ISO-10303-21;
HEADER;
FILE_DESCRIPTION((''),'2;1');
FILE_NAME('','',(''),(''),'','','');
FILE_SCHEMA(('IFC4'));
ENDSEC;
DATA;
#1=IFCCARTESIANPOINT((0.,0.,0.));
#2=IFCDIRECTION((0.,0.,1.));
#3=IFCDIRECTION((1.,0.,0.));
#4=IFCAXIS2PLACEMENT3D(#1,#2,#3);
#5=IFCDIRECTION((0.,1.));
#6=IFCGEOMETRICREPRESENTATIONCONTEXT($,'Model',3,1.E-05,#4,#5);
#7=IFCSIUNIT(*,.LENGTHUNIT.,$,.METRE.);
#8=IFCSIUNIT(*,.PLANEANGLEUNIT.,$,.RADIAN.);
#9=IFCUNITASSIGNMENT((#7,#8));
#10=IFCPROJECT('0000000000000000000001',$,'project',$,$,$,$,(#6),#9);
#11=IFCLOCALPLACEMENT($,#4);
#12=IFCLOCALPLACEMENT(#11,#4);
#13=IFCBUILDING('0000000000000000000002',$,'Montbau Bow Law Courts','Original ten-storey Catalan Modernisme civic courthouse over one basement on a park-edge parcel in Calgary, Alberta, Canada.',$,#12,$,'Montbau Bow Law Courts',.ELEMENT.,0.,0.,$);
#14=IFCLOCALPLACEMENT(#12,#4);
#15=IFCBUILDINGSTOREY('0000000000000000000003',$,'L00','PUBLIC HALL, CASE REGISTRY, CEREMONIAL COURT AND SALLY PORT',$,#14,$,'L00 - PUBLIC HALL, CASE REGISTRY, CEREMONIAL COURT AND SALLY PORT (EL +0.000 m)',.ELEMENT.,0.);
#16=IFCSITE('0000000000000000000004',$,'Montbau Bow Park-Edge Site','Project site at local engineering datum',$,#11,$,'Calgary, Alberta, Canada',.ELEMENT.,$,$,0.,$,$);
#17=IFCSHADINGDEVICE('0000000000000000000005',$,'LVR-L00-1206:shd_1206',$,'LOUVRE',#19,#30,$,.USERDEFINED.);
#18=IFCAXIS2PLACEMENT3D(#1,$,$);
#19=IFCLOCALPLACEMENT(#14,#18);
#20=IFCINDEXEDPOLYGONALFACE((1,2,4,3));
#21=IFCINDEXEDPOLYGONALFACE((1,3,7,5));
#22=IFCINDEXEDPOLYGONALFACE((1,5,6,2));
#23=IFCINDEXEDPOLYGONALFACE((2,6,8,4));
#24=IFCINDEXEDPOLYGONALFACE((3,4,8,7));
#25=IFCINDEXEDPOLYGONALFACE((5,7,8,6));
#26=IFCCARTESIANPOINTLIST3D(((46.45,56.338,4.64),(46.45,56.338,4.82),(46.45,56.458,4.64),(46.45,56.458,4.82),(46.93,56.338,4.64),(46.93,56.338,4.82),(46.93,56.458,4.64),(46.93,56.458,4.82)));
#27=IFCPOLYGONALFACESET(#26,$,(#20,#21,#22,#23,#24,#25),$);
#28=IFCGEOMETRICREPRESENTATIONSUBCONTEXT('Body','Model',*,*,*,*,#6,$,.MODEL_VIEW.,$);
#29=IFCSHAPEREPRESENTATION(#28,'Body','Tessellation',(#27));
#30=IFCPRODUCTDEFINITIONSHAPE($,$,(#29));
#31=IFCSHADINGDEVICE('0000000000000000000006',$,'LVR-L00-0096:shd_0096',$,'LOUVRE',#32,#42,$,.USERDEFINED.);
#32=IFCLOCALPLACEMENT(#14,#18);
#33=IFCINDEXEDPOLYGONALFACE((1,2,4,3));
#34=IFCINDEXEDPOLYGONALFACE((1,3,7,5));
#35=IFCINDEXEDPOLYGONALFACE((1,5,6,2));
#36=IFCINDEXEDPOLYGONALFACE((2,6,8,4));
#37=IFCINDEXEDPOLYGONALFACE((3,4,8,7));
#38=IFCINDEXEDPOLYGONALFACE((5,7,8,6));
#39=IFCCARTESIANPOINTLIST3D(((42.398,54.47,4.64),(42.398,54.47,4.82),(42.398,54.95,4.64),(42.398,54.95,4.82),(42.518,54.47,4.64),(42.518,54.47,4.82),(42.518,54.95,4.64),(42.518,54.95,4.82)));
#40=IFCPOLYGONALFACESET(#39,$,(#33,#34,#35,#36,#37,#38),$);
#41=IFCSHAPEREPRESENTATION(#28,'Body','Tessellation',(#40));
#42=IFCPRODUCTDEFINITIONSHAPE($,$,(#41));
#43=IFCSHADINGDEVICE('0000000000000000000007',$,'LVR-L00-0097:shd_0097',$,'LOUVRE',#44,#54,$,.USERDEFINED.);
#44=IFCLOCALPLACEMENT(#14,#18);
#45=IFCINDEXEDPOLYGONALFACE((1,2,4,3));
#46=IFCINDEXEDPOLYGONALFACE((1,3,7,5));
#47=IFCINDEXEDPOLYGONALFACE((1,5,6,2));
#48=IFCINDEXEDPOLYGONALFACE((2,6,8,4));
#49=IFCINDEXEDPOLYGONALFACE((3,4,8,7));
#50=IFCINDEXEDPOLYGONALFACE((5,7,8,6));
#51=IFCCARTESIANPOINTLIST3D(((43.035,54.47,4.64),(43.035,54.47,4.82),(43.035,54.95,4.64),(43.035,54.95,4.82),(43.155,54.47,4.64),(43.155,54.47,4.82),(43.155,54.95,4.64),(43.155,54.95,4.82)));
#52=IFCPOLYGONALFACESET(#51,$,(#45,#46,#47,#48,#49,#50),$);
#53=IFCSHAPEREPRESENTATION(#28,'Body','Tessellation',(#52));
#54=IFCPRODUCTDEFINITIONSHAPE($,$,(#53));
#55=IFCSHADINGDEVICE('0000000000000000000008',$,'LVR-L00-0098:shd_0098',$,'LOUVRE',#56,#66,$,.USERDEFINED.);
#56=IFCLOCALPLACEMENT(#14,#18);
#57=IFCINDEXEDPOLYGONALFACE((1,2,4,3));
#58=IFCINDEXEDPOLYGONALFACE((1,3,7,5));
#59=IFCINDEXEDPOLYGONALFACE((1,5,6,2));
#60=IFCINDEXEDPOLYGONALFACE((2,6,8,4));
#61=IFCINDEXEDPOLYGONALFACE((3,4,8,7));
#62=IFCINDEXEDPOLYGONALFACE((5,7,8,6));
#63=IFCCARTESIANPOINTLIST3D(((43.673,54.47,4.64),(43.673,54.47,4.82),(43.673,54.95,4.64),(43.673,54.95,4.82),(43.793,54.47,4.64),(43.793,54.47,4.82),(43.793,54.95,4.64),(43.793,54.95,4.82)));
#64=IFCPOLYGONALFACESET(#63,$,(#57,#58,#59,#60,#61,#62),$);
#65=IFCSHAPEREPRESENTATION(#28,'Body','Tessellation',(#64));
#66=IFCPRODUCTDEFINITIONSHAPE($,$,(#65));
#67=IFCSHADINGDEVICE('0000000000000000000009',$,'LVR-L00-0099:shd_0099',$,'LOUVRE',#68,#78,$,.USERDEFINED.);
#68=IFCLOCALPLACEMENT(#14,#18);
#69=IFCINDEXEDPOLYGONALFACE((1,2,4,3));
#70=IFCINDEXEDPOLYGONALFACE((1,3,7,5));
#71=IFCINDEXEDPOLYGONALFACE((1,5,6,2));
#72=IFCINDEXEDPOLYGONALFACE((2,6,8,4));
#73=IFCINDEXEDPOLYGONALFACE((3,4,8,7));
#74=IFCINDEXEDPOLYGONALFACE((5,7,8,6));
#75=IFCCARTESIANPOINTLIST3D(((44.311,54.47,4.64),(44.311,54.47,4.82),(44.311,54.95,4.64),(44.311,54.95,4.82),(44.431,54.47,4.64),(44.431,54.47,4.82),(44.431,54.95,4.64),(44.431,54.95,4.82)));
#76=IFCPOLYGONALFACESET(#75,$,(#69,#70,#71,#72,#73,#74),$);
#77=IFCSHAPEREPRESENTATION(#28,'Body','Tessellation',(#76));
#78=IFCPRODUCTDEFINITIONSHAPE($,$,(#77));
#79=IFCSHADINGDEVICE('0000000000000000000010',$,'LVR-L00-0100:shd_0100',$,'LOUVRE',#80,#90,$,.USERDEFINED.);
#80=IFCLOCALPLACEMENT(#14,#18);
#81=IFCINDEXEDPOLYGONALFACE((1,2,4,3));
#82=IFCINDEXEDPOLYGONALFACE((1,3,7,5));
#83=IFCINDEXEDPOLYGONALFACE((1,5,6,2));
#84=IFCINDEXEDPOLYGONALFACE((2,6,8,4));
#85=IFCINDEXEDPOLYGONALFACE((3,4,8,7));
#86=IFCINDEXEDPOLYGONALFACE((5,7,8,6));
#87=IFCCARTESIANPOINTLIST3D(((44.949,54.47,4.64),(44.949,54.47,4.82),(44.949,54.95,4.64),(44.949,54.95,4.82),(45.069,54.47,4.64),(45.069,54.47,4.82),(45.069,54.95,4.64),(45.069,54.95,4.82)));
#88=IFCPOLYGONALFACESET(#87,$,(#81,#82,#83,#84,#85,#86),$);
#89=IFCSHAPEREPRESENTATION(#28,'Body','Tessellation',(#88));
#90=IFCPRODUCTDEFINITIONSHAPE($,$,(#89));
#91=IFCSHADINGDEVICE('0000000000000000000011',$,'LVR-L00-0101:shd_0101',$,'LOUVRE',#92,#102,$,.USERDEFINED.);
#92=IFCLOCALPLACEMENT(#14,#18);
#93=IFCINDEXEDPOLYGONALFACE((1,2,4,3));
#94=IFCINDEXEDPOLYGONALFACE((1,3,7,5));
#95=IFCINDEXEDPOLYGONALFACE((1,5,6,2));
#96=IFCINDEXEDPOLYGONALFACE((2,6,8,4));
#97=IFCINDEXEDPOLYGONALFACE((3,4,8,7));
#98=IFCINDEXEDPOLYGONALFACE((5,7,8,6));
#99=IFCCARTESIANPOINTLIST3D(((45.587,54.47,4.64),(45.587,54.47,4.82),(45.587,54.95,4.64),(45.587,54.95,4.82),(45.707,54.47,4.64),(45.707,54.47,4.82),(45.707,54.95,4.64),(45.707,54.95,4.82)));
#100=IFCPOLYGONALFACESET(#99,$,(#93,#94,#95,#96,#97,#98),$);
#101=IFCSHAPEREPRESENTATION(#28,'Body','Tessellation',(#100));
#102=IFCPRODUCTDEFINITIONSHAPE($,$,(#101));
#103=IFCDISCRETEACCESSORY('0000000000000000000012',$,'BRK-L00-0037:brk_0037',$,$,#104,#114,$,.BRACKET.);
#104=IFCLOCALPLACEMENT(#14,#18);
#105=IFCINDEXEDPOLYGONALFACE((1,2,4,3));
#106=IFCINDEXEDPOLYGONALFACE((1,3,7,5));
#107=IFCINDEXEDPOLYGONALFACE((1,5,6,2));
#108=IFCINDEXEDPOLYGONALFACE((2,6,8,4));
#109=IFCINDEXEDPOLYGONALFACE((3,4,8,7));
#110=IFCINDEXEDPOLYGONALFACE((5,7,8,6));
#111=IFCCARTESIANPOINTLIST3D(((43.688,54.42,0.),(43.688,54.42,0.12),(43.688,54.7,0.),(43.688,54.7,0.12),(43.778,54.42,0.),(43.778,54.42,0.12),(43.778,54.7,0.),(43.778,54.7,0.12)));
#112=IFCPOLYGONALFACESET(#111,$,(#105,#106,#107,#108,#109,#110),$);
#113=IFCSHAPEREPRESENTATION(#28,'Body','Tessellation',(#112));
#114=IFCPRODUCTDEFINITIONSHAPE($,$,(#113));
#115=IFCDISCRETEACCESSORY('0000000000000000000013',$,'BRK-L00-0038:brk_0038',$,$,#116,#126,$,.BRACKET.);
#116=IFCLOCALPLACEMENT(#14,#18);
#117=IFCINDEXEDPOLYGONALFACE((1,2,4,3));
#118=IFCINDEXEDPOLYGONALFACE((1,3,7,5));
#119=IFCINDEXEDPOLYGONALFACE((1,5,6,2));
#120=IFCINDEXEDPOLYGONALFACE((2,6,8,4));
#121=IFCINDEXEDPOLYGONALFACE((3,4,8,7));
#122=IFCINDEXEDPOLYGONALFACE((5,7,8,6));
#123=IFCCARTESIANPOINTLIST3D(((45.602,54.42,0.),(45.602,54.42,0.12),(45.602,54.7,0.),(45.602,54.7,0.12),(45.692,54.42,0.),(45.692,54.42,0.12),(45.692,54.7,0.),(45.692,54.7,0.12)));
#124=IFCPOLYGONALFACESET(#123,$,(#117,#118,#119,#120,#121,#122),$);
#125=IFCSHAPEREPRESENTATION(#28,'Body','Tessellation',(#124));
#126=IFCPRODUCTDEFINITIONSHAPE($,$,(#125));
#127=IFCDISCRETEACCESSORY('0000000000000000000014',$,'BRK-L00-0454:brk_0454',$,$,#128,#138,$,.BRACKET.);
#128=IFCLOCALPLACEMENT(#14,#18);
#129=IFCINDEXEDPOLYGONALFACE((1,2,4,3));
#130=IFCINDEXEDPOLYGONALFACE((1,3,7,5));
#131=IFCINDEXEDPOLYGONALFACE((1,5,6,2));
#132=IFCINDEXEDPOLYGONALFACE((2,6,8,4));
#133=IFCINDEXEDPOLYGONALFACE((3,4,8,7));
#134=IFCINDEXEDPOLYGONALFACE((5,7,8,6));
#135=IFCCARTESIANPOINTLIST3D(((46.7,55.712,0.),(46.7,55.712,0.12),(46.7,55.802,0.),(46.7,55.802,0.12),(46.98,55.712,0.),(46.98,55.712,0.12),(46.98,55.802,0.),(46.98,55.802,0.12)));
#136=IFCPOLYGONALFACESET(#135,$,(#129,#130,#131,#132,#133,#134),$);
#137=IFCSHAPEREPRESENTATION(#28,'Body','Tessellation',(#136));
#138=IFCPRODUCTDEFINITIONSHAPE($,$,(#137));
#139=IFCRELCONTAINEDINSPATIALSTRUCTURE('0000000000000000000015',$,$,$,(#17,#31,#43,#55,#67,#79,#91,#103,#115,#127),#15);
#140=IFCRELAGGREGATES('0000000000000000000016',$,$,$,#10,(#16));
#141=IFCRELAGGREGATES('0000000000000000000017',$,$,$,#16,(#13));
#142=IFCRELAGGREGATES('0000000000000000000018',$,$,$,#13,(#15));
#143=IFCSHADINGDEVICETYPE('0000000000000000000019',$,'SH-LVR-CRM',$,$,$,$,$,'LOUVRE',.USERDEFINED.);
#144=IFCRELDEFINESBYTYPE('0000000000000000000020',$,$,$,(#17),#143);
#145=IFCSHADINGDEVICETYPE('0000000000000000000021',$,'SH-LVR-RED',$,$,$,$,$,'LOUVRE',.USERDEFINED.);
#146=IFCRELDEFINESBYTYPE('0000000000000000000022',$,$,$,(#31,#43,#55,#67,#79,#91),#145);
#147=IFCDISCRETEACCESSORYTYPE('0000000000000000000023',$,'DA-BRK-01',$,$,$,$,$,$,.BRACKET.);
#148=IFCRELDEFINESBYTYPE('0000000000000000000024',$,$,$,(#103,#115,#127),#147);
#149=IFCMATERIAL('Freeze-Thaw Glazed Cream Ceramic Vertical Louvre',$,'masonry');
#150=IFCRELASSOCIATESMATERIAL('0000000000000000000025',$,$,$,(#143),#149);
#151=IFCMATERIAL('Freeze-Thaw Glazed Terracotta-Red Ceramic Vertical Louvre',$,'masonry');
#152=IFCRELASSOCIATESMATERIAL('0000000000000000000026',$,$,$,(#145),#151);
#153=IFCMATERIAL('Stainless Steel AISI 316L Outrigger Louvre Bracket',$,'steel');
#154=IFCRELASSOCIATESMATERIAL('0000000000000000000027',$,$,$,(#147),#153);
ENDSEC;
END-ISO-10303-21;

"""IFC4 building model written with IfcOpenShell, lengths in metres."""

from ifc_helpers import new_model, si_unit, direction, frame, origin_with_axes, origin_2d_with_axis, place, context, subcontext, project, spatial, rectangle, extrude, material, type_object, element, save


model = new_model("IFC4")

# Units and contexts
model_context = context("Model", 3, precision=1e-05, world=origin_with_axes(), true_north=direction((0.0, 1.0)))
body_context = subcontext(model_context, "Body", "Model", "MODEL_VIEW")
ifc_project = project(units=[si_unit("LENGTHUNIT", "METRE"), si_unit("PLANEANGLEUNIT", "RADIAN")], contexts=[model_context])

# Site, building, storey
site_placement = place(None, origin_with_axes())
site = spatial("IfcSite", under=ifc_project, at=site_placement, Name="Montbau Bow Park-Edge Site", Description="Project site at local engineering datum", LongName="Calgary, Alberta, Canada", CompositionType="ELEMENT", RefElevation=0.0)
building_placement = place(site_placement, origin_with_axes())
building = spatial("IfcBuilding", under=site, at=building_placement, Name="Montbau Bow Law Courts", Description="Original ten-storey Catalan Modernisme civic courthouse over one basement on a park-edge parcel in Calgary, Alberta, Canada.", LongName="Montbau Bow Law Courts", CompositionType="ELEMENT", ElevationOfRefHeight=0.0, ElevationOfTerrain=0.0)
storey_placement = place(building_placement, origin_with_axes())
storey = spatial("IfcBuildingStorey", under=building, at=storey_placement, Name="L00", Description="PUBLIC HALL, CASE REGISTRY, CEREMONIAL COURT AND SALLY PORT", LongName="L00 - PUBLIC HALL, CASE REGISTRY, CEREMONIAL COURT AND SALLY PORT (EL +0.000 m)", CompositionType="ELEMENT", Elevation=0.0)

# Shared definitions
ifc_material_1 = material(Name="Freeze-Thaw Glazed Terracotta-Red Ceramic Vertical Louvre", Category="masonry")

# Shading devices
ifc_material_2 = material(Name="Freeze-Thaw Glazed Cream Ceramic Vertical Louvre", Category="masonry")
shading_device_type_1 = type_object("IfcShadingDeviceType", Name="SH-LVR-CRM", ElementType="LOUVRE", PredefinedType="USERDEFINED", material=ifc_material_2)
for number, where, z_axis, x_axis, name in (
    (1, (46.69, 56.398, 4.64), (0.0, 0.0, 1.0), (-1.0, 0.0, 0.0), "LVR-L00-1206:shd_1206"),
):
    element("IfcShadingDevice", number, at=place(None, frame(where, z_axis=z_axis, x_axis=x_axis)), inside=storey, type_object=shading_device_type_1, Name=name, ObjectType="LOUVRE", PredefinedType="USERDEFINED", context=body_context, shape_type="SweptSolid", body=[
        extrude(rectangle(XDim=0.48, YDim=0.12, at=origin_2d_with_axis()), origin_with_axes(), (0.0, 0.0, 1.0), 0.18),
    ])
shading_device_type_2 = type_object("IfcShadingDeviceType", Name="SH-LVR-RED", ElementType="LOUVRE", PredefinedType="USERDEFINED", material=ifc_material_1)
for number, where, z_axis, x_axis, name in (
    (2, (42.458, 54.71, 4.64), (0.0, 0.0, 1.0), (0.0, 1.0, 0.0), "LVR-L00-0096:shd_0096"),
    (3, (43.095, 54.71, 4.64), (0.0, 0.0, 1.0), (0.0, 1.0, 0.0), "LVR-L00-0097:shd_0097"),
    (4, (43.733, 54.71, 4.64), (0.0, 0.0, 1.0), (0.0, 1.0, 0.0), "LVR-L00-0098:shd_0098"),
    (5, (44.371, 54.71, 4.64), (0.0, 0.0, 1.0), (0.0, 1.0, 0.0), "LVR-L00-0099:shd_0099"),
    (6, (45.009, 54.71, 4.64), (0.0, 0.0, 1.0), (0.0, 1.0, 0.0), "LVR-L00-0100:shd_0100"),
    (7, (45.647, 54.71, 4.64), (0.0, 0.0, 1.0), (0.0, 1.0, 0.0), "LVR-L00-0101:shd_0101"),
):
    element("IfcShadingDevice", number, at=place(None, frame(where, z_axis=z_axis, x_axis=x_axis)), inside=storey, type_object=shading_device_type_2, Name=name, ObjectType="LOUVRE", PredefinedType="USERDEFINED", context=body_context, shape_type="SweptSolid", body=[
        extrude(rectangle(XDim=0.48, YDim=0.12, at=origin_2d_with_axis()), origin_with_axes(), (0.0, 0.0, 1.0), 0.18),
    ])

# Discrete accessories
ifc_material_3 = material(Name="Stainless Steel AISI 316L Outrigger Louvre Bracket", Category="steel")
discrete_accessory_type = type_object("IfcDiscreteAccessoryType", Name="DA-BRK-01", PredefinedType="BRACKET", material=ifc_material_3)
for number, where, z_axis, x_axis, name in (
    (8, (43.733, 54.56, 0.0), (0.0, 0.0, 1.0), (0.0, 1.0, 0.0), "BRK-L00-0037:brk_0037"),
    (9, (45.647, 54.56, 0.0), (0.0, 0.0, 1.0), (0.0, 1.0, 0.0), "BRK-L00-0038:brk_0038"),
    (10, (46.84, 55.757, 0.0), (0.0, 0.0, 1.0), (-1.0, 0.0, 0.0), "BRK-L00-0454:brk_0454"),
):
    element("IfcDiscreteAccessory", number, at=place(None, frame(where, z_axis=z_axis, x_axis=x_axis)), inside=storey, type_object=discrete_accessory_type, Name=name, PredefinedType="BRACKET", context=body_context, shape_type="SweptSolid", body=[
        extrude(rectangle(XDim=0.28, YDim=0.09, at=origin_2d_with_axis()), origin_with_axes(), (0.0, 0.0, 1.0), 0.12),
    ])

save(model, "model.ifc")
